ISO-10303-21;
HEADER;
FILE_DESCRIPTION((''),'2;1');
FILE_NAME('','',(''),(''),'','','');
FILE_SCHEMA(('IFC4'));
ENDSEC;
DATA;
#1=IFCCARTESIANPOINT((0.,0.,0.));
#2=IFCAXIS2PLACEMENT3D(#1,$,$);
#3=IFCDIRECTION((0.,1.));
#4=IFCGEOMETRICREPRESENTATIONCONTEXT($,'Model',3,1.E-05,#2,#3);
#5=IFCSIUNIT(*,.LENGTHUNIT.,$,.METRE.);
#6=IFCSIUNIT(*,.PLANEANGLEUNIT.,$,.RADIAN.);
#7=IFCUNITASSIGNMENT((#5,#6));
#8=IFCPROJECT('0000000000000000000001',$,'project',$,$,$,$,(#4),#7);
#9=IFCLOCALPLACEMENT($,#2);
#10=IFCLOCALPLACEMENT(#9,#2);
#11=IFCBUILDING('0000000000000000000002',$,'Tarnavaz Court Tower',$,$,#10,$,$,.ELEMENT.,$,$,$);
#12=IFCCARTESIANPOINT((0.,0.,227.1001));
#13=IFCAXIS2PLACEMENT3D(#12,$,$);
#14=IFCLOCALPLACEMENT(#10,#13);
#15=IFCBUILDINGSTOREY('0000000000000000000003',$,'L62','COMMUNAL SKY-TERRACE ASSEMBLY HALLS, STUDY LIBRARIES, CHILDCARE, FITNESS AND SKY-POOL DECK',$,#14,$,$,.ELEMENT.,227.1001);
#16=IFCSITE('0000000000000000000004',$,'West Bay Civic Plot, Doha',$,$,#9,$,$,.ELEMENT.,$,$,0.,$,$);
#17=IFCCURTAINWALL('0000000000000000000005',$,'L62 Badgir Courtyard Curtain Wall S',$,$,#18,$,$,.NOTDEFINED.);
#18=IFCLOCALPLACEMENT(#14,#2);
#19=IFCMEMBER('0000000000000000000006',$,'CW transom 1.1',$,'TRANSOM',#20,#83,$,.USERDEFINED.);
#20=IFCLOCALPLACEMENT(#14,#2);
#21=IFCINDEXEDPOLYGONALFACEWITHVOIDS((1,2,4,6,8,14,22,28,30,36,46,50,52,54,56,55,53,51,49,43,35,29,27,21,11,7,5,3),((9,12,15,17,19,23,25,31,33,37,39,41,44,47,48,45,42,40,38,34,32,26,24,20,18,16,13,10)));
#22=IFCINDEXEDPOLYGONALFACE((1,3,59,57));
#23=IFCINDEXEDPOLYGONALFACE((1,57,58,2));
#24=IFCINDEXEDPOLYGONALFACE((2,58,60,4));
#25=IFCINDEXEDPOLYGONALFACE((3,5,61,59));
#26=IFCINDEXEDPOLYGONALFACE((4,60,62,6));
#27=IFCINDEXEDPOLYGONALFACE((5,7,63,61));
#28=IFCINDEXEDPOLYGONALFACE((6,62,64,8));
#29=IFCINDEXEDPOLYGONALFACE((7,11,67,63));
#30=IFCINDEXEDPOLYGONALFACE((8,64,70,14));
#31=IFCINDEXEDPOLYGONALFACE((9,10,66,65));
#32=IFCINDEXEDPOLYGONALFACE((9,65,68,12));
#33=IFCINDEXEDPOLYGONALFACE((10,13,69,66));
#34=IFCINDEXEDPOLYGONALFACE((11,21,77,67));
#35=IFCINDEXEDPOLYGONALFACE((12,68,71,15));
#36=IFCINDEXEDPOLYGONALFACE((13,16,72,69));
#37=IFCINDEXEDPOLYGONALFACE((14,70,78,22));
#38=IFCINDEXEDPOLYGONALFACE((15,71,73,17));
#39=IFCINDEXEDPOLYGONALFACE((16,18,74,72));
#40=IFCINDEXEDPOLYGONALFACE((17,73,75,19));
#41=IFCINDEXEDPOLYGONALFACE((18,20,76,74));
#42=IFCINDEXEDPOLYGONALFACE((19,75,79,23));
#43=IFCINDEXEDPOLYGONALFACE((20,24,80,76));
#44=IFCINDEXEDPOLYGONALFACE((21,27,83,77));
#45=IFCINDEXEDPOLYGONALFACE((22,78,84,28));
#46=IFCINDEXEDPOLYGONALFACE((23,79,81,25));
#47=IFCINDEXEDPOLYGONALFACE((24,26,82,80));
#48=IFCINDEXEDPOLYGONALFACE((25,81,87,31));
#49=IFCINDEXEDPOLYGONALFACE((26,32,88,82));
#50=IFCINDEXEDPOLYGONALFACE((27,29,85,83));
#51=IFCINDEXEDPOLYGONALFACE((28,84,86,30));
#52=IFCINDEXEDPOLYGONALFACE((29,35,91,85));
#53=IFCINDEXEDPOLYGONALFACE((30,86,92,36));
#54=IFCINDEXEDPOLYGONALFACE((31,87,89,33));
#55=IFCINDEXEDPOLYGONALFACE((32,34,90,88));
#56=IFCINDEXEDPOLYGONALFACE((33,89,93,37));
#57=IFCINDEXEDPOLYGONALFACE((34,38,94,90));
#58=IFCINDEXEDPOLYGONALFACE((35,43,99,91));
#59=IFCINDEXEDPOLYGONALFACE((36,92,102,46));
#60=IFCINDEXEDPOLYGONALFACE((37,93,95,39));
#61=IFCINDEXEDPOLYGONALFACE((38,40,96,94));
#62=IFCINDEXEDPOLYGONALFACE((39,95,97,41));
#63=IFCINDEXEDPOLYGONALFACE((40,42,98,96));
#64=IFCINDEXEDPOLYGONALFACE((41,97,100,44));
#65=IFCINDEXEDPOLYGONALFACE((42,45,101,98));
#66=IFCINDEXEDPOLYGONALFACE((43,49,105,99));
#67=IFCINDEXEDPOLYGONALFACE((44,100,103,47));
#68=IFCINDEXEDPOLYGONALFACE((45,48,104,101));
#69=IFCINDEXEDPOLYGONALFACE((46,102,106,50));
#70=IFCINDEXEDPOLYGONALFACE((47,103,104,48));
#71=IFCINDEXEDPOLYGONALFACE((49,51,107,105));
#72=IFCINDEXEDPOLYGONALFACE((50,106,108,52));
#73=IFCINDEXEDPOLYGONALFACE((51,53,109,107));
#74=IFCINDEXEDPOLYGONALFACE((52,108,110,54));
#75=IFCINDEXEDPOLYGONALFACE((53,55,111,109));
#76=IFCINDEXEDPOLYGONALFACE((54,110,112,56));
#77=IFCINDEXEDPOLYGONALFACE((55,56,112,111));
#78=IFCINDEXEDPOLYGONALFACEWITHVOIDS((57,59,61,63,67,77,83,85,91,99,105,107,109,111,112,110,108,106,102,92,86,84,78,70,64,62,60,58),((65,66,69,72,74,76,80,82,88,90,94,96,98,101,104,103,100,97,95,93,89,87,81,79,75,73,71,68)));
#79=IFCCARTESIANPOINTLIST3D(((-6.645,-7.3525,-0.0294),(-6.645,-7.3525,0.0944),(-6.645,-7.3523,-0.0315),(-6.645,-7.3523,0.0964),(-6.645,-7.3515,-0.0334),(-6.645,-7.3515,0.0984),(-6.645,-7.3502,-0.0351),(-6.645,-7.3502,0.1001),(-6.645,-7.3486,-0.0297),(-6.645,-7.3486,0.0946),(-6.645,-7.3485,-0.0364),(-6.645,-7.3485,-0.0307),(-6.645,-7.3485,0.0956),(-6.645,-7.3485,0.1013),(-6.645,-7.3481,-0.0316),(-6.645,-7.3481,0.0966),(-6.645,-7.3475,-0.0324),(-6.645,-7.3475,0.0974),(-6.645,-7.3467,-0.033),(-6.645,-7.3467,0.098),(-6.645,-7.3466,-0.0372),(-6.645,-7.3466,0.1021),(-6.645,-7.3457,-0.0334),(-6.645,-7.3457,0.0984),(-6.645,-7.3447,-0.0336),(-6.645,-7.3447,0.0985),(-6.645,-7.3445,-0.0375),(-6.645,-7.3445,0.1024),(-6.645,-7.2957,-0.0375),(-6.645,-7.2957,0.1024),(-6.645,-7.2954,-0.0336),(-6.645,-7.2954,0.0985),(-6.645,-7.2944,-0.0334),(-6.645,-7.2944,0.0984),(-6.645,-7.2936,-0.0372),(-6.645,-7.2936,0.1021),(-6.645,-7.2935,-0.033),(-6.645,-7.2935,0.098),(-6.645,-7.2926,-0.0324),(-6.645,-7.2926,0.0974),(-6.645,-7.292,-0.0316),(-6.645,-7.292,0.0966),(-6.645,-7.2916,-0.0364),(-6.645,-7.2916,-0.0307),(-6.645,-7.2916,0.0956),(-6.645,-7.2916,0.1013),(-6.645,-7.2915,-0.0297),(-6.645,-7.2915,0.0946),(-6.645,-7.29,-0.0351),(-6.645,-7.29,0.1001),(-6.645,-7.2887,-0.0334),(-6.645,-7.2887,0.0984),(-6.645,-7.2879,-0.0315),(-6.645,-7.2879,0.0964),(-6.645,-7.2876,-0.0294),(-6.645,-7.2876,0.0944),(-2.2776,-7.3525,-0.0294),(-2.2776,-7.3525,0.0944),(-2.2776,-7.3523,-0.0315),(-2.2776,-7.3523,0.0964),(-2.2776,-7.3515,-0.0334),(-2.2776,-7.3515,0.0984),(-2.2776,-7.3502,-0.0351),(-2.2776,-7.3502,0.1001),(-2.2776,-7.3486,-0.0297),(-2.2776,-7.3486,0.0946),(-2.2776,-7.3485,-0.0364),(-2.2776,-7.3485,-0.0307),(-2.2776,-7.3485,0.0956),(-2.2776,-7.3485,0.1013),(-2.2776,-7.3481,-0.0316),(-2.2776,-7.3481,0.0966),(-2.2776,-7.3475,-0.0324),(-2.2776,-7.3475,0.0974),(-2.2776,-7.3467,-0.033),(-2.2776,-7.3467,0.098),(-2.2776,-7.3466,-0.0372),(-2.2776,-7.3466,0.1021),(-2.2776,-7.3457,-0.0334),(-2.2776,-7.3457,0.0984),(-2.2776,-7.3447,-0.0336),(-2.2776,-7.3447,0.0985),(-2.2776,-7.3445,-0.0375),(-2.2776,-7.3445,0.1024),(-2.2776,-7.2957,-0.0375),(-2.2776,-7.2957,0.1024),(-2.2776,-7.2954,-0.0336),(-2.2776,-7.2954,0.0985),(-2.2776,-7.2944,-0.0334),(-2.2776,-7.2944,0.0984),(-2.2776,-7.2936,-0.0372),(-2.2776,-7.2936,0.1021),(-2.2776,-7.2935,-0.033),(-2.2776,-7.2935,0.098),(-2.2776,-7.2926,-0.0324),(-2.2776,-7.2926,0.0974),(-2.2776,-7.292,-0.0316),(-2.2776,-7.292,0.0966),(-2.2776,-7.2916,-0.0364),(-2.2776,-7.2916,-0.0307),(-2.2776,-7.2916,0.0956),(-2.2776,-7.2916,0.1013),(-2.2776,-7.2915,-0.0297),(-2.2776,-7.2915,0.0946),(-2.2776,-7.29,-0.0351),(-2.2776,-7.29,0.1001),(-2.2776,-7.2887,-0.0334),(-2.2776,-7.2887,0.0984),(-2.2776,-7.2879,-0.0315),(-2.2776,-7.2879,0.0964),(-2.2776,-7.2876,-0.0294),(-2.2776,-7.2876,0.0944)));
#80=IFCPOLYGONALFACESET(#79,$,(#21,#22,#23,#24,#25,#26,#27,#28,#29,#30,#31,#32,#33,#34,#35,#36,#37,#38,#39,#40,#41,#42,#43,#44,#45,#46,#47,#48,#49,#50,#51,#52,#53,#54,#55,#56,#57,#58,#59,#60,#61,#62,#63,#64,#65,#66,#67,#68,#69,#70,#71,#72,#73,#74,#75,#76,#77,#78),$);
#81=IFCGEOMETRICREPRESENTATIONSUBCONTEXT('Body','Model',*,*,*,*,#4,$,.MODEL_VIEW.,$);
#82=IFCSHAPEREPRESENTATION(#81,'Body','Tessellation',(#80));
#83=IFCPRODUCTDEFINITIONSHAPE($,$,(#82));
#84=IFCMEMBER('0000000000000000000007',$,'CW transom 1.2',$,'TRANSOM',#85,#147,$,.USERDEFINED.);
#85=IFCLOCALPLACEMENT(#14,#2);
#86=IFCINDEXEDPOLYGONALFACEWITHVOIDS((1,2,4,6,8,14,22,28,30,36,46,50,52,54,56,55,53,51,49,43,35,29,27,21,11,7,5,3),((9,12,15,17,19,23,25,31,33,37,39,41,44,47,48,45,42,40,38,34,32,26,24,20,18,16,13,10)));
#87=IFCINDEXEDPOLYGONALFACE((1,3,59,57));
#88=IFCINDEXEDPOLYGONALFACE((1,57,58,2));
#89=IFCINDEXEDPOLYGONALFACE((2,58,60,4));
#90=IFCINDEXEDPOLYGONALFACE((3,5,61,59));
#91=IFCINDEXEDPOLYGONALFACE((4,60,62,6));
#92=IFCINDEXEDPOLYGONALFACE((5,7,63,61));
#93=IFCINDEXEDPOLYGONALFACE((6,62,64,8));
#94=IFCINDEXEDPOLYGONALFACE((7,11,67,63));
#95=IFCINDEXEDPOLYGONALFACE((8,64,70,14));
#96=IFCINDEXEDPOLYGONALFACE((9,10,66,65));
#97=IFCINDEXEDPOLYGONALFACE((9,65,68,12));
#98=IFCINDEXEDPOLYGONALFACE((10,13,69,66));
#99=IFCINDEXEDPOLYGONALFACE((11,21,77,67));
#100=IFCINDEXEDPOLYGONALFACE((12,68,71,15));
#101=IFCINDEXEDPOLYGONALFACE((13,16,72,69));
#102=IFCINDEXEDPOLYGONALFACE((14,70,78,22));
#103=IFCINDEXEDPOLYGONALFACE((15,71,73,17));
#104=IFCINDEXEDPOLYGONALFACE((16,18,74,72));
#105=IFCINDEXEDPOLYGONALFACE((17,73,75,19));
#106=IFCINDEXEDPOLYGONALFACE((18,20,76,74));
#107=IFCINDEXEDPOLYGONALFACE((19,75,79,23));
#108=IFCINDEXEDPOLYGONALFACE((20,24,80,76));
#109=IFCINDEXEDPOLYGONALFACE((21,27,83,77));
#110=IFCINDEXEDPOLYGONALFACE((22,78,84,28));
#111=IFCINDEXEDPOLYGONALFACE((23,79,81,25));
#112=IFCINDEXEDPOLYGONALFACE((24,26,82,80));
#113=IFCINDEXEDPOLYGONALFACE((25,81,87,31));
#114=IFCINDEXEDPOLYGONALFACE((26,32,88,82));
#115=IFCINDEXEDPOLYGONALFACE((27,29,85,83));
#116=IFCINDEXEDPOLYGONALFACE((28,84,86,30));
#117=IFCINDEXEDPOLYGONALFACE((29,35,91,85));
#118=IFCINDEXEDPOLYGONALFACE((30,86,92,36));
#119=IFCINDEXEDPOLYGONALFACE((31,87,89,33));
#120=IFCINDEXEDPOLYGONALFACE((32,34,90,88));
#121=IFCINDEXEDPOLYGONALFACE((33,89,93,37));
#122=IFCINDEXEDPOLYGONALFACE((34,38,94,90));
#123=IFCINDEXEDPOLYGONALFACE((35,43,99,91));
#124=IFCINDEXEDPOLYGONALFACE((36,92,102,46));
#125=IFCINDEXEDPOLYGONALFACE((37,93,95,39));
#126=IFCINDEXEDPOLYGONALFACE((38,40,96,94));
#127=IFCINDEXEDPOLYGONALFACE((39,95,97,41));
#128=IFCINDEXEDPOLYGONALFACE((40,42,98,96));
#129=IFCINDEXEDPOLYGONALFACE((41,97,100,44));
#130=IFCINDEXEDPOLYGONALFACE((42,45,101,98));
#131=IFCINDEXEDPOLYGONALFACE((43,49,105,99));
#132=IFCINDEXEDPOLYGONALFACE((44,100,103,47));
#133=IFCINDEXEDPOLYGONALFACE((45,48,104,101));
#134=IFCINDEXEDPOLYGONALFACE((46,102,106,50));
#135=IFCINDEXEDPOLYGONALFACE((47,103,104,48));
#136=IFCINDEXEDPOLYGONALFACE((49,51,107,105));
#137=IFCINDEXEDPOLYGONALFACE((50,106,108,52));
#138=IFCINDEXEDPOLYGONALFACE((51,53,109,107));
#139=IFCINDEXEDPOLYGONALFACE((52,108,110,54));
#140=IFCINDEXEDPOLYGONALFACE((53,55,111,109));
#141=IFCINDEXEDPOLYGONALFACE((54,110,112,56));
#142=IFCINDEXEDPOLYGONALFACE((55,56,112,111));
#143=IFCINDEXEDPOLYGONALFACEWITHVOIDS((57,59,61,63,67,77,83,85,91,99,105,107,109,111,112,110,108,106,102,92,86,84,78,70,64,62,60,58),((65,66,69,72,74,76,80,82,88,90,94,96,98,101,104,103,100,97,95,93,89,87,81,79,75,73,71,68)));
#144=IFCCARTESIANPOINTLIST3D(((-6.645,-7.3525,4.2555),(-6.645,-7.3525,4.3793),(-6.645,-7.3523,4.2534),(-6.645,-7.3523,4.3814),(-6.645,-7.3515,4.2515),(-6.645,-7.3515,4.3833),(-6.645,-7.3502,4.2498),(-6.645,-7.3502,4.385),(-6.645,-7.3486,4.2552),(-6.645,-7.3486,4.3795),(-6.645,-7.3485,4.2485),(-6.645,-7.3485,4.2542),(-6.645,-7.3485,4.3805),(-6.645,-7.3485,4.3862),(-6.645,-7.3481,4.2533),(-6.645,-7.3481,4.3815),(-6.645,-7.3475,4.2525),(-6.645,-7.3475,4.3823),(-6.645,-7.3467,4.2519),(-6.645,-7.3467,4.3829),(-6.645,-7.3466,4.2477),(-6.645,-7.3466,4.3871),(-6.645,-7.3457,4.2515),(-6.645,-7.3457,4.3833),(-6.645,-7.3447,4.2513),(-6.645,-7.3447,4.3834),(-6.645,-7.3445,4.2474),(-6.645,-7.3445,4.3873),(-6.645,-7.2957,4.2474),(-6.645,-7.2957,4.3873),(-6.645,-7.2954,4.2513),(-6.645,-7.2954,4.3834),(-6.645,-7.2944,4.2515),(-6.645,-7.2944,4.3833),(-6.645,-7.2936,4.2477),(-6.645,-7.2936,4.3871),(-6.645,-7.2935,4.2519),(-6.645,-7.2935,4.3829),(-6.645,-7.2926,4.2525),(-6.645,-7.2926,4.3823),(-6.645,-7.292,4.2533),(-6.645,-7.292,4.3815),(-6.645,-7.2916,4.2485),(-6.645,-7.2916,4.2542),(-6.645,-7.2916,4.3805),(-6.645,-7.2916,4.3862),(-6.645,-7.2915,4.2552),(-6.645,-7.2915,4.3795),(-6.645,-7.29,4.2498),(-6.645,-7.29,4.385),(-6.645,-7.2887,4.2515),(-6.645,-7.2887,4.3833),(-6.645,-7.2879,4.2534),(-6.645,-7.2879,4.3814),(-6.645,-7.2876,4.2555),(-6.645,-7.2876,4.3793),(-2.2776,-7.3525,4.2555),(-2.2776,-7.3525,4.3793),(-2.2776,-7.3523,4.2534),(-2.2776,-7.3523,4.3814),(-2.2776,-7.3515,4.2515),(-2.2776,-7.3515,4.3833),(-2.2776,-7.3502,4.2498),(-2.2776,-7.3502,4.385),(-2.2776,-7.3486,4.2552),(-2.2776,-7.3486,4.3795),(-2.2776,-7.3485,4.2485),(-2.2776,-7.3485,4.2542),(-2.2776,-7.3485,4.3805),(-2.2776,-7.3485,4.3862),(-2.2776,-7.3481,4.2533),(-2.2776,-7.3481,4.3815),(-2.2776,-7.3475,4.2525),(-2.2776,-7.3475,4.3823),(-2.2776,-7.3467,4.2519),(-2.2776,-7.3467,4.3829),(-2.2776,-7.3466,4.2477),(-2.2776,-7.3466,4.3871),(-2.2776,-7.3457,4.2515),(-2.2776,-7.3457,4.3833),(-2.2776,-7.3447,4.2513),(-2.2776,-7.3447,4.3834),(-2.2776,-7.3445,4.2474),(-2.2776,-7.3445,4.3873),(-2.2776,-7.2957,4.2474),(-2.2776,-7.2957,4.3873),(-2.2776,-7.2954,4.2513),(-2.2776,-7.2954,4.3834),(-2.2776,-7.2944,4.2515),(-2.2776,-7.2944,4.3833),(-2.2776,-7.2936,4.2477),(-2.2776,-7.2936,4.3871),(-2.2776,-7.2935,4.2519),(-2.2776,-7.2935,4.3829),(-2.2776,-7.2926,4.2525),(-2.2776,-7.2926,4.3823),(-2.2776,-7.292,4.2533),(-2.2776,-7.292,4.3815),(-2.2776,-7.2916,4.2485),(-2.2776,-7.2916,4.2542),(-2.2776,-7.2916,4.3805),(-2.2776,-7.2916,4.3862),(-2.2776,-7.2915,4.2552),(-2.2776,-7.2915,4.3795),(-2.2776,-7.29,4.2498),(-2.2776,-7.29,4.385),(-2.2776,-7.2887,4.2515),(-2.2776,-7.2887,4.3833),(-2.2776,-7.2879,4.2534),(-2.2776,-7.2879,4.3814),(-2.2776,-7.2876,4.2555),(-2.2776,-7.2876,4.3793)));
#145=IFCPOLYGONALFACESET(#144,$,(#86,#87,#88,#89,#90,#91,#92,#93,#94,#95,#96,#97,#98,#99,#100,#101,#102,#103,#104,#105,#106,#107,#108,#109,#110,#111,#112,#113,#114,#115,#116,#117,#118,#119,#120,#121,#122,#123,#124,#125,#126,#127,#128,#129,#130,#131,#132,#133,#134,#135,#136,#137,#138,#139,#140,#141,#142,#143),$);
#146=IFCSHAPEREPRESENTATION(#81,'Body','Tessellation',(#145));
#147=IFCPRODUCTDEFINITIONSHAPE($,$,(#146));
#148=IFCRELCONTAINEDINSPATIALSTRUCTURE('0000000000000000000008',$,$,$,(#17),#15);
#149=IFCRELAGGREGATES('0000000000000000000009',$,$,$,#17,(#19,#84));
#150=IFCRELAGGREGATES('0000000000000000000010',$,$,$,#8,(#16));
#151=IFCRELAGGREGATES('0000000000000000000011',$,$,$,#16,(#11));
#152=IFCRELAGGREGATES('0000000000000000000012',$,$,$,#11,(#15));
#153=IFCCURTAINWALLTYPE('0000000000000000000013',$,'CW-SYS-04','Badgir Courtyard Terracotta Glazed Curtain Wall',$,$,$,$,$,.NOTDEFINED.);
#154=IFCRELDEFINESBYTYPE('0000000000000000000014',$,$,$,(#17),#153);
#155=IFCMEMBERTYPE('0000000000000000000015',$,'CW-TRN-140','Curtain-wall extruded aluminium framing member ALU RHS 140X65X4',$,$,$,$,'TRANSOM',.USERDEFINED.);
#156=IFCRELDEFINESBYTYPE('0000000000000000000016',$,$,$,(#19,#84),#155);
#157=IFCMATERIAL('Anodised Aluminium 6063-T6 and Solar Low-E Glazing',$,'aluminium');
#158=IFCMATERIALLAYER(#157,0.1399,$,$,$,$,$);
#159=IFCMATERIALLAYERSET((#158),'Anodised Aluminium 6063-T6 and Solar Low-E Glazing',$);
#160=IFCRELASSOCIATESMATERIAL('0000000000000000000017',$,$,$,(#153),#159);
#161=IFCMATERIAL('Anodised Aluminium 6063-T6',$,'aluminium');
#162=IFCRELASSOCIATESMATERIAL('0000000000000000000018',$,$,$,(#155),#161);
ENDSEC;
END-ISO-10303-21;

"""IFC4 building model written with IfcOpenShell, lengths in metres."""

from ifc_helpers import new_model, si_unit, direction, frame, origin, origin_2d, place, context, subcontext, project, spatial, hollow_rectangle, extrude, material, layer, layer_set, material_profile, profile_set, type_object, element, aggregate, save


model = new_model("IFC4")

# Units and contexts
model_context = context("Model", 3, precision=1e-05, world=origin(), true_north=direction((0.0, 1.0)))
body_context = subcontext(model_context, "Body", "Model", "MODEL_VIEW")
ifc_project = project(units=[si_unit("LENGTHUNIT", "METRE"), si_unit("PLANEANGLEUNIT", "RADIAN")], contexts=[model_context])

# Site, building, storey
site_placement = place(None, origin())
site = spatial("IfcSite", under=ifc_project, at=site_placement, Name="West Bay Civic Plot, Doha", CompositionType="ELEMENT", RefElevation=0.0)
building_placement = place(site_placement, origin())
building = spatial("IfcBuilding", under=site, at=building_placement, Name="Tarnavaz Court Tower", CompositionType="ELEMENT")
storey_placement = place(building_placement, frame((0.0, 0.0, 227.1001)))
storey = spatial("IfcBuildingStorey", under=building, at=storey_placement, Name="L62", Description="COMMUNAL SKY-TERRACE ASSEMBLY HALLS, STUDY LIBRARIES, CHILDCARE, FITNESS AND SKY-POOL DECK", CompositionType="ELEMENT", Elevation=227.1001)

# Curtain wall, members
ifc_material_1 = material(Name="Anodised Aluminium 6063-T6 and Solar Low-E Glazing", Category="aluminium")
ifc_layer_1 = layer(ifc_material_1, 0.1399)
ifc_layer_set_1 = layer_set([ifc_layer_1], Name="Anodised Aluminium 6063-T6 and Solar Low-E Glazing")
curtain_wall_type = type_object("IfcCurtainWallType", Name="CW-SYS-04", Description="Badgir Courtyard Terracotta Glazed Curtain Wall", PredefinedType="NOTDEFINED", material=ifc_layer_set_1)
curtain_wall_placement = place(storey_placement, origin())
curtain_wall = element("IfcCurtainWall", 1, at=curtain_wall_placement, inside=storey, type_object=curtain_wall_type, Name="L62 Badgir Courtyard Curtain Wall S", PredefinedType="NOTDEFINED")
ifc_material_2 = material(Name="Anodised Aluminium 6063-T6", Category="aluminium")
ifc_material_profile_1 = material_profile(ifc_material_2, hollow_rectangle(XDim=0.0649, YDim=0.1399, WallThickness=0.0039, InnerFilletRadius=0.0039, OuterFilletRadius=0.0081, at=origin_2d()), Name="ALU RHS 140X65X4")
ifc_profile_set_1 = profile_set([ifc_material_profile_1], Name="Anodised Aluminium 6063-T6")
member_type_1 = type_object("IfcMemberType", Name="CW-TRN-140", Description="Curtain-wall extruded aluminium framing member ALU RHS 140X65X4", ElementType="TRANSOM", PredefinedType="USERDEFINED", material=ifc_profile_set_1)
member_1_placement = place(storey_placement, frame((-6.645, -7.3201, 0.0325), z_axis=(1.0, 0.0, 0.0), x_axis=(0.0, 1.0, 0.0)))
member_1 = element("IfcMember", 2, at=member_1_placement, type_object=member_type_1, Name="CW transom 1.1", ObjectType="TRANSOM", PredefinedType="USERDEFINED", context=body_context, shape_type="SweptSolid", body=[
    extrude(hollow_rectangle(XDim=0.0649, YDim=0.1399, WallThickness=0.0039, InnerFilletRadius=0.0039, OuterFilletRadius=0.0081, at=origin_2d()), origin(), (0.0, 0.0, 1.0), 4.3674),
])
member_2_placement = place(storey_placement, frame((-6.645, -7.3201, 4.3174), z_axis=(1.0, 0.0, 0.0), x_axis=(0.0, 1.0, 0.0)))
member_2 = element("IfcMember", 3, at=member_2_placement, type_object=member_type_1, Name="CW transom 1.2", ObjectType="TRANSOM", PredefinedType="USERDEFINED", context=body_context, shape_type="SweptSolid", body=[
    extrude(hollow_rectangle(XDim=0.0649, YDim=0.1399, WallThickness=0.0039, InnerFilletRadius=0.0039, OuterFilletRadius=0.0081, at=origin_2d()), origin(), (0.0, 0.0, 1.0), 4.3674),
])
aggregate(curtain_wall, [member_1, member_2])

save(model, "model.ifc")
